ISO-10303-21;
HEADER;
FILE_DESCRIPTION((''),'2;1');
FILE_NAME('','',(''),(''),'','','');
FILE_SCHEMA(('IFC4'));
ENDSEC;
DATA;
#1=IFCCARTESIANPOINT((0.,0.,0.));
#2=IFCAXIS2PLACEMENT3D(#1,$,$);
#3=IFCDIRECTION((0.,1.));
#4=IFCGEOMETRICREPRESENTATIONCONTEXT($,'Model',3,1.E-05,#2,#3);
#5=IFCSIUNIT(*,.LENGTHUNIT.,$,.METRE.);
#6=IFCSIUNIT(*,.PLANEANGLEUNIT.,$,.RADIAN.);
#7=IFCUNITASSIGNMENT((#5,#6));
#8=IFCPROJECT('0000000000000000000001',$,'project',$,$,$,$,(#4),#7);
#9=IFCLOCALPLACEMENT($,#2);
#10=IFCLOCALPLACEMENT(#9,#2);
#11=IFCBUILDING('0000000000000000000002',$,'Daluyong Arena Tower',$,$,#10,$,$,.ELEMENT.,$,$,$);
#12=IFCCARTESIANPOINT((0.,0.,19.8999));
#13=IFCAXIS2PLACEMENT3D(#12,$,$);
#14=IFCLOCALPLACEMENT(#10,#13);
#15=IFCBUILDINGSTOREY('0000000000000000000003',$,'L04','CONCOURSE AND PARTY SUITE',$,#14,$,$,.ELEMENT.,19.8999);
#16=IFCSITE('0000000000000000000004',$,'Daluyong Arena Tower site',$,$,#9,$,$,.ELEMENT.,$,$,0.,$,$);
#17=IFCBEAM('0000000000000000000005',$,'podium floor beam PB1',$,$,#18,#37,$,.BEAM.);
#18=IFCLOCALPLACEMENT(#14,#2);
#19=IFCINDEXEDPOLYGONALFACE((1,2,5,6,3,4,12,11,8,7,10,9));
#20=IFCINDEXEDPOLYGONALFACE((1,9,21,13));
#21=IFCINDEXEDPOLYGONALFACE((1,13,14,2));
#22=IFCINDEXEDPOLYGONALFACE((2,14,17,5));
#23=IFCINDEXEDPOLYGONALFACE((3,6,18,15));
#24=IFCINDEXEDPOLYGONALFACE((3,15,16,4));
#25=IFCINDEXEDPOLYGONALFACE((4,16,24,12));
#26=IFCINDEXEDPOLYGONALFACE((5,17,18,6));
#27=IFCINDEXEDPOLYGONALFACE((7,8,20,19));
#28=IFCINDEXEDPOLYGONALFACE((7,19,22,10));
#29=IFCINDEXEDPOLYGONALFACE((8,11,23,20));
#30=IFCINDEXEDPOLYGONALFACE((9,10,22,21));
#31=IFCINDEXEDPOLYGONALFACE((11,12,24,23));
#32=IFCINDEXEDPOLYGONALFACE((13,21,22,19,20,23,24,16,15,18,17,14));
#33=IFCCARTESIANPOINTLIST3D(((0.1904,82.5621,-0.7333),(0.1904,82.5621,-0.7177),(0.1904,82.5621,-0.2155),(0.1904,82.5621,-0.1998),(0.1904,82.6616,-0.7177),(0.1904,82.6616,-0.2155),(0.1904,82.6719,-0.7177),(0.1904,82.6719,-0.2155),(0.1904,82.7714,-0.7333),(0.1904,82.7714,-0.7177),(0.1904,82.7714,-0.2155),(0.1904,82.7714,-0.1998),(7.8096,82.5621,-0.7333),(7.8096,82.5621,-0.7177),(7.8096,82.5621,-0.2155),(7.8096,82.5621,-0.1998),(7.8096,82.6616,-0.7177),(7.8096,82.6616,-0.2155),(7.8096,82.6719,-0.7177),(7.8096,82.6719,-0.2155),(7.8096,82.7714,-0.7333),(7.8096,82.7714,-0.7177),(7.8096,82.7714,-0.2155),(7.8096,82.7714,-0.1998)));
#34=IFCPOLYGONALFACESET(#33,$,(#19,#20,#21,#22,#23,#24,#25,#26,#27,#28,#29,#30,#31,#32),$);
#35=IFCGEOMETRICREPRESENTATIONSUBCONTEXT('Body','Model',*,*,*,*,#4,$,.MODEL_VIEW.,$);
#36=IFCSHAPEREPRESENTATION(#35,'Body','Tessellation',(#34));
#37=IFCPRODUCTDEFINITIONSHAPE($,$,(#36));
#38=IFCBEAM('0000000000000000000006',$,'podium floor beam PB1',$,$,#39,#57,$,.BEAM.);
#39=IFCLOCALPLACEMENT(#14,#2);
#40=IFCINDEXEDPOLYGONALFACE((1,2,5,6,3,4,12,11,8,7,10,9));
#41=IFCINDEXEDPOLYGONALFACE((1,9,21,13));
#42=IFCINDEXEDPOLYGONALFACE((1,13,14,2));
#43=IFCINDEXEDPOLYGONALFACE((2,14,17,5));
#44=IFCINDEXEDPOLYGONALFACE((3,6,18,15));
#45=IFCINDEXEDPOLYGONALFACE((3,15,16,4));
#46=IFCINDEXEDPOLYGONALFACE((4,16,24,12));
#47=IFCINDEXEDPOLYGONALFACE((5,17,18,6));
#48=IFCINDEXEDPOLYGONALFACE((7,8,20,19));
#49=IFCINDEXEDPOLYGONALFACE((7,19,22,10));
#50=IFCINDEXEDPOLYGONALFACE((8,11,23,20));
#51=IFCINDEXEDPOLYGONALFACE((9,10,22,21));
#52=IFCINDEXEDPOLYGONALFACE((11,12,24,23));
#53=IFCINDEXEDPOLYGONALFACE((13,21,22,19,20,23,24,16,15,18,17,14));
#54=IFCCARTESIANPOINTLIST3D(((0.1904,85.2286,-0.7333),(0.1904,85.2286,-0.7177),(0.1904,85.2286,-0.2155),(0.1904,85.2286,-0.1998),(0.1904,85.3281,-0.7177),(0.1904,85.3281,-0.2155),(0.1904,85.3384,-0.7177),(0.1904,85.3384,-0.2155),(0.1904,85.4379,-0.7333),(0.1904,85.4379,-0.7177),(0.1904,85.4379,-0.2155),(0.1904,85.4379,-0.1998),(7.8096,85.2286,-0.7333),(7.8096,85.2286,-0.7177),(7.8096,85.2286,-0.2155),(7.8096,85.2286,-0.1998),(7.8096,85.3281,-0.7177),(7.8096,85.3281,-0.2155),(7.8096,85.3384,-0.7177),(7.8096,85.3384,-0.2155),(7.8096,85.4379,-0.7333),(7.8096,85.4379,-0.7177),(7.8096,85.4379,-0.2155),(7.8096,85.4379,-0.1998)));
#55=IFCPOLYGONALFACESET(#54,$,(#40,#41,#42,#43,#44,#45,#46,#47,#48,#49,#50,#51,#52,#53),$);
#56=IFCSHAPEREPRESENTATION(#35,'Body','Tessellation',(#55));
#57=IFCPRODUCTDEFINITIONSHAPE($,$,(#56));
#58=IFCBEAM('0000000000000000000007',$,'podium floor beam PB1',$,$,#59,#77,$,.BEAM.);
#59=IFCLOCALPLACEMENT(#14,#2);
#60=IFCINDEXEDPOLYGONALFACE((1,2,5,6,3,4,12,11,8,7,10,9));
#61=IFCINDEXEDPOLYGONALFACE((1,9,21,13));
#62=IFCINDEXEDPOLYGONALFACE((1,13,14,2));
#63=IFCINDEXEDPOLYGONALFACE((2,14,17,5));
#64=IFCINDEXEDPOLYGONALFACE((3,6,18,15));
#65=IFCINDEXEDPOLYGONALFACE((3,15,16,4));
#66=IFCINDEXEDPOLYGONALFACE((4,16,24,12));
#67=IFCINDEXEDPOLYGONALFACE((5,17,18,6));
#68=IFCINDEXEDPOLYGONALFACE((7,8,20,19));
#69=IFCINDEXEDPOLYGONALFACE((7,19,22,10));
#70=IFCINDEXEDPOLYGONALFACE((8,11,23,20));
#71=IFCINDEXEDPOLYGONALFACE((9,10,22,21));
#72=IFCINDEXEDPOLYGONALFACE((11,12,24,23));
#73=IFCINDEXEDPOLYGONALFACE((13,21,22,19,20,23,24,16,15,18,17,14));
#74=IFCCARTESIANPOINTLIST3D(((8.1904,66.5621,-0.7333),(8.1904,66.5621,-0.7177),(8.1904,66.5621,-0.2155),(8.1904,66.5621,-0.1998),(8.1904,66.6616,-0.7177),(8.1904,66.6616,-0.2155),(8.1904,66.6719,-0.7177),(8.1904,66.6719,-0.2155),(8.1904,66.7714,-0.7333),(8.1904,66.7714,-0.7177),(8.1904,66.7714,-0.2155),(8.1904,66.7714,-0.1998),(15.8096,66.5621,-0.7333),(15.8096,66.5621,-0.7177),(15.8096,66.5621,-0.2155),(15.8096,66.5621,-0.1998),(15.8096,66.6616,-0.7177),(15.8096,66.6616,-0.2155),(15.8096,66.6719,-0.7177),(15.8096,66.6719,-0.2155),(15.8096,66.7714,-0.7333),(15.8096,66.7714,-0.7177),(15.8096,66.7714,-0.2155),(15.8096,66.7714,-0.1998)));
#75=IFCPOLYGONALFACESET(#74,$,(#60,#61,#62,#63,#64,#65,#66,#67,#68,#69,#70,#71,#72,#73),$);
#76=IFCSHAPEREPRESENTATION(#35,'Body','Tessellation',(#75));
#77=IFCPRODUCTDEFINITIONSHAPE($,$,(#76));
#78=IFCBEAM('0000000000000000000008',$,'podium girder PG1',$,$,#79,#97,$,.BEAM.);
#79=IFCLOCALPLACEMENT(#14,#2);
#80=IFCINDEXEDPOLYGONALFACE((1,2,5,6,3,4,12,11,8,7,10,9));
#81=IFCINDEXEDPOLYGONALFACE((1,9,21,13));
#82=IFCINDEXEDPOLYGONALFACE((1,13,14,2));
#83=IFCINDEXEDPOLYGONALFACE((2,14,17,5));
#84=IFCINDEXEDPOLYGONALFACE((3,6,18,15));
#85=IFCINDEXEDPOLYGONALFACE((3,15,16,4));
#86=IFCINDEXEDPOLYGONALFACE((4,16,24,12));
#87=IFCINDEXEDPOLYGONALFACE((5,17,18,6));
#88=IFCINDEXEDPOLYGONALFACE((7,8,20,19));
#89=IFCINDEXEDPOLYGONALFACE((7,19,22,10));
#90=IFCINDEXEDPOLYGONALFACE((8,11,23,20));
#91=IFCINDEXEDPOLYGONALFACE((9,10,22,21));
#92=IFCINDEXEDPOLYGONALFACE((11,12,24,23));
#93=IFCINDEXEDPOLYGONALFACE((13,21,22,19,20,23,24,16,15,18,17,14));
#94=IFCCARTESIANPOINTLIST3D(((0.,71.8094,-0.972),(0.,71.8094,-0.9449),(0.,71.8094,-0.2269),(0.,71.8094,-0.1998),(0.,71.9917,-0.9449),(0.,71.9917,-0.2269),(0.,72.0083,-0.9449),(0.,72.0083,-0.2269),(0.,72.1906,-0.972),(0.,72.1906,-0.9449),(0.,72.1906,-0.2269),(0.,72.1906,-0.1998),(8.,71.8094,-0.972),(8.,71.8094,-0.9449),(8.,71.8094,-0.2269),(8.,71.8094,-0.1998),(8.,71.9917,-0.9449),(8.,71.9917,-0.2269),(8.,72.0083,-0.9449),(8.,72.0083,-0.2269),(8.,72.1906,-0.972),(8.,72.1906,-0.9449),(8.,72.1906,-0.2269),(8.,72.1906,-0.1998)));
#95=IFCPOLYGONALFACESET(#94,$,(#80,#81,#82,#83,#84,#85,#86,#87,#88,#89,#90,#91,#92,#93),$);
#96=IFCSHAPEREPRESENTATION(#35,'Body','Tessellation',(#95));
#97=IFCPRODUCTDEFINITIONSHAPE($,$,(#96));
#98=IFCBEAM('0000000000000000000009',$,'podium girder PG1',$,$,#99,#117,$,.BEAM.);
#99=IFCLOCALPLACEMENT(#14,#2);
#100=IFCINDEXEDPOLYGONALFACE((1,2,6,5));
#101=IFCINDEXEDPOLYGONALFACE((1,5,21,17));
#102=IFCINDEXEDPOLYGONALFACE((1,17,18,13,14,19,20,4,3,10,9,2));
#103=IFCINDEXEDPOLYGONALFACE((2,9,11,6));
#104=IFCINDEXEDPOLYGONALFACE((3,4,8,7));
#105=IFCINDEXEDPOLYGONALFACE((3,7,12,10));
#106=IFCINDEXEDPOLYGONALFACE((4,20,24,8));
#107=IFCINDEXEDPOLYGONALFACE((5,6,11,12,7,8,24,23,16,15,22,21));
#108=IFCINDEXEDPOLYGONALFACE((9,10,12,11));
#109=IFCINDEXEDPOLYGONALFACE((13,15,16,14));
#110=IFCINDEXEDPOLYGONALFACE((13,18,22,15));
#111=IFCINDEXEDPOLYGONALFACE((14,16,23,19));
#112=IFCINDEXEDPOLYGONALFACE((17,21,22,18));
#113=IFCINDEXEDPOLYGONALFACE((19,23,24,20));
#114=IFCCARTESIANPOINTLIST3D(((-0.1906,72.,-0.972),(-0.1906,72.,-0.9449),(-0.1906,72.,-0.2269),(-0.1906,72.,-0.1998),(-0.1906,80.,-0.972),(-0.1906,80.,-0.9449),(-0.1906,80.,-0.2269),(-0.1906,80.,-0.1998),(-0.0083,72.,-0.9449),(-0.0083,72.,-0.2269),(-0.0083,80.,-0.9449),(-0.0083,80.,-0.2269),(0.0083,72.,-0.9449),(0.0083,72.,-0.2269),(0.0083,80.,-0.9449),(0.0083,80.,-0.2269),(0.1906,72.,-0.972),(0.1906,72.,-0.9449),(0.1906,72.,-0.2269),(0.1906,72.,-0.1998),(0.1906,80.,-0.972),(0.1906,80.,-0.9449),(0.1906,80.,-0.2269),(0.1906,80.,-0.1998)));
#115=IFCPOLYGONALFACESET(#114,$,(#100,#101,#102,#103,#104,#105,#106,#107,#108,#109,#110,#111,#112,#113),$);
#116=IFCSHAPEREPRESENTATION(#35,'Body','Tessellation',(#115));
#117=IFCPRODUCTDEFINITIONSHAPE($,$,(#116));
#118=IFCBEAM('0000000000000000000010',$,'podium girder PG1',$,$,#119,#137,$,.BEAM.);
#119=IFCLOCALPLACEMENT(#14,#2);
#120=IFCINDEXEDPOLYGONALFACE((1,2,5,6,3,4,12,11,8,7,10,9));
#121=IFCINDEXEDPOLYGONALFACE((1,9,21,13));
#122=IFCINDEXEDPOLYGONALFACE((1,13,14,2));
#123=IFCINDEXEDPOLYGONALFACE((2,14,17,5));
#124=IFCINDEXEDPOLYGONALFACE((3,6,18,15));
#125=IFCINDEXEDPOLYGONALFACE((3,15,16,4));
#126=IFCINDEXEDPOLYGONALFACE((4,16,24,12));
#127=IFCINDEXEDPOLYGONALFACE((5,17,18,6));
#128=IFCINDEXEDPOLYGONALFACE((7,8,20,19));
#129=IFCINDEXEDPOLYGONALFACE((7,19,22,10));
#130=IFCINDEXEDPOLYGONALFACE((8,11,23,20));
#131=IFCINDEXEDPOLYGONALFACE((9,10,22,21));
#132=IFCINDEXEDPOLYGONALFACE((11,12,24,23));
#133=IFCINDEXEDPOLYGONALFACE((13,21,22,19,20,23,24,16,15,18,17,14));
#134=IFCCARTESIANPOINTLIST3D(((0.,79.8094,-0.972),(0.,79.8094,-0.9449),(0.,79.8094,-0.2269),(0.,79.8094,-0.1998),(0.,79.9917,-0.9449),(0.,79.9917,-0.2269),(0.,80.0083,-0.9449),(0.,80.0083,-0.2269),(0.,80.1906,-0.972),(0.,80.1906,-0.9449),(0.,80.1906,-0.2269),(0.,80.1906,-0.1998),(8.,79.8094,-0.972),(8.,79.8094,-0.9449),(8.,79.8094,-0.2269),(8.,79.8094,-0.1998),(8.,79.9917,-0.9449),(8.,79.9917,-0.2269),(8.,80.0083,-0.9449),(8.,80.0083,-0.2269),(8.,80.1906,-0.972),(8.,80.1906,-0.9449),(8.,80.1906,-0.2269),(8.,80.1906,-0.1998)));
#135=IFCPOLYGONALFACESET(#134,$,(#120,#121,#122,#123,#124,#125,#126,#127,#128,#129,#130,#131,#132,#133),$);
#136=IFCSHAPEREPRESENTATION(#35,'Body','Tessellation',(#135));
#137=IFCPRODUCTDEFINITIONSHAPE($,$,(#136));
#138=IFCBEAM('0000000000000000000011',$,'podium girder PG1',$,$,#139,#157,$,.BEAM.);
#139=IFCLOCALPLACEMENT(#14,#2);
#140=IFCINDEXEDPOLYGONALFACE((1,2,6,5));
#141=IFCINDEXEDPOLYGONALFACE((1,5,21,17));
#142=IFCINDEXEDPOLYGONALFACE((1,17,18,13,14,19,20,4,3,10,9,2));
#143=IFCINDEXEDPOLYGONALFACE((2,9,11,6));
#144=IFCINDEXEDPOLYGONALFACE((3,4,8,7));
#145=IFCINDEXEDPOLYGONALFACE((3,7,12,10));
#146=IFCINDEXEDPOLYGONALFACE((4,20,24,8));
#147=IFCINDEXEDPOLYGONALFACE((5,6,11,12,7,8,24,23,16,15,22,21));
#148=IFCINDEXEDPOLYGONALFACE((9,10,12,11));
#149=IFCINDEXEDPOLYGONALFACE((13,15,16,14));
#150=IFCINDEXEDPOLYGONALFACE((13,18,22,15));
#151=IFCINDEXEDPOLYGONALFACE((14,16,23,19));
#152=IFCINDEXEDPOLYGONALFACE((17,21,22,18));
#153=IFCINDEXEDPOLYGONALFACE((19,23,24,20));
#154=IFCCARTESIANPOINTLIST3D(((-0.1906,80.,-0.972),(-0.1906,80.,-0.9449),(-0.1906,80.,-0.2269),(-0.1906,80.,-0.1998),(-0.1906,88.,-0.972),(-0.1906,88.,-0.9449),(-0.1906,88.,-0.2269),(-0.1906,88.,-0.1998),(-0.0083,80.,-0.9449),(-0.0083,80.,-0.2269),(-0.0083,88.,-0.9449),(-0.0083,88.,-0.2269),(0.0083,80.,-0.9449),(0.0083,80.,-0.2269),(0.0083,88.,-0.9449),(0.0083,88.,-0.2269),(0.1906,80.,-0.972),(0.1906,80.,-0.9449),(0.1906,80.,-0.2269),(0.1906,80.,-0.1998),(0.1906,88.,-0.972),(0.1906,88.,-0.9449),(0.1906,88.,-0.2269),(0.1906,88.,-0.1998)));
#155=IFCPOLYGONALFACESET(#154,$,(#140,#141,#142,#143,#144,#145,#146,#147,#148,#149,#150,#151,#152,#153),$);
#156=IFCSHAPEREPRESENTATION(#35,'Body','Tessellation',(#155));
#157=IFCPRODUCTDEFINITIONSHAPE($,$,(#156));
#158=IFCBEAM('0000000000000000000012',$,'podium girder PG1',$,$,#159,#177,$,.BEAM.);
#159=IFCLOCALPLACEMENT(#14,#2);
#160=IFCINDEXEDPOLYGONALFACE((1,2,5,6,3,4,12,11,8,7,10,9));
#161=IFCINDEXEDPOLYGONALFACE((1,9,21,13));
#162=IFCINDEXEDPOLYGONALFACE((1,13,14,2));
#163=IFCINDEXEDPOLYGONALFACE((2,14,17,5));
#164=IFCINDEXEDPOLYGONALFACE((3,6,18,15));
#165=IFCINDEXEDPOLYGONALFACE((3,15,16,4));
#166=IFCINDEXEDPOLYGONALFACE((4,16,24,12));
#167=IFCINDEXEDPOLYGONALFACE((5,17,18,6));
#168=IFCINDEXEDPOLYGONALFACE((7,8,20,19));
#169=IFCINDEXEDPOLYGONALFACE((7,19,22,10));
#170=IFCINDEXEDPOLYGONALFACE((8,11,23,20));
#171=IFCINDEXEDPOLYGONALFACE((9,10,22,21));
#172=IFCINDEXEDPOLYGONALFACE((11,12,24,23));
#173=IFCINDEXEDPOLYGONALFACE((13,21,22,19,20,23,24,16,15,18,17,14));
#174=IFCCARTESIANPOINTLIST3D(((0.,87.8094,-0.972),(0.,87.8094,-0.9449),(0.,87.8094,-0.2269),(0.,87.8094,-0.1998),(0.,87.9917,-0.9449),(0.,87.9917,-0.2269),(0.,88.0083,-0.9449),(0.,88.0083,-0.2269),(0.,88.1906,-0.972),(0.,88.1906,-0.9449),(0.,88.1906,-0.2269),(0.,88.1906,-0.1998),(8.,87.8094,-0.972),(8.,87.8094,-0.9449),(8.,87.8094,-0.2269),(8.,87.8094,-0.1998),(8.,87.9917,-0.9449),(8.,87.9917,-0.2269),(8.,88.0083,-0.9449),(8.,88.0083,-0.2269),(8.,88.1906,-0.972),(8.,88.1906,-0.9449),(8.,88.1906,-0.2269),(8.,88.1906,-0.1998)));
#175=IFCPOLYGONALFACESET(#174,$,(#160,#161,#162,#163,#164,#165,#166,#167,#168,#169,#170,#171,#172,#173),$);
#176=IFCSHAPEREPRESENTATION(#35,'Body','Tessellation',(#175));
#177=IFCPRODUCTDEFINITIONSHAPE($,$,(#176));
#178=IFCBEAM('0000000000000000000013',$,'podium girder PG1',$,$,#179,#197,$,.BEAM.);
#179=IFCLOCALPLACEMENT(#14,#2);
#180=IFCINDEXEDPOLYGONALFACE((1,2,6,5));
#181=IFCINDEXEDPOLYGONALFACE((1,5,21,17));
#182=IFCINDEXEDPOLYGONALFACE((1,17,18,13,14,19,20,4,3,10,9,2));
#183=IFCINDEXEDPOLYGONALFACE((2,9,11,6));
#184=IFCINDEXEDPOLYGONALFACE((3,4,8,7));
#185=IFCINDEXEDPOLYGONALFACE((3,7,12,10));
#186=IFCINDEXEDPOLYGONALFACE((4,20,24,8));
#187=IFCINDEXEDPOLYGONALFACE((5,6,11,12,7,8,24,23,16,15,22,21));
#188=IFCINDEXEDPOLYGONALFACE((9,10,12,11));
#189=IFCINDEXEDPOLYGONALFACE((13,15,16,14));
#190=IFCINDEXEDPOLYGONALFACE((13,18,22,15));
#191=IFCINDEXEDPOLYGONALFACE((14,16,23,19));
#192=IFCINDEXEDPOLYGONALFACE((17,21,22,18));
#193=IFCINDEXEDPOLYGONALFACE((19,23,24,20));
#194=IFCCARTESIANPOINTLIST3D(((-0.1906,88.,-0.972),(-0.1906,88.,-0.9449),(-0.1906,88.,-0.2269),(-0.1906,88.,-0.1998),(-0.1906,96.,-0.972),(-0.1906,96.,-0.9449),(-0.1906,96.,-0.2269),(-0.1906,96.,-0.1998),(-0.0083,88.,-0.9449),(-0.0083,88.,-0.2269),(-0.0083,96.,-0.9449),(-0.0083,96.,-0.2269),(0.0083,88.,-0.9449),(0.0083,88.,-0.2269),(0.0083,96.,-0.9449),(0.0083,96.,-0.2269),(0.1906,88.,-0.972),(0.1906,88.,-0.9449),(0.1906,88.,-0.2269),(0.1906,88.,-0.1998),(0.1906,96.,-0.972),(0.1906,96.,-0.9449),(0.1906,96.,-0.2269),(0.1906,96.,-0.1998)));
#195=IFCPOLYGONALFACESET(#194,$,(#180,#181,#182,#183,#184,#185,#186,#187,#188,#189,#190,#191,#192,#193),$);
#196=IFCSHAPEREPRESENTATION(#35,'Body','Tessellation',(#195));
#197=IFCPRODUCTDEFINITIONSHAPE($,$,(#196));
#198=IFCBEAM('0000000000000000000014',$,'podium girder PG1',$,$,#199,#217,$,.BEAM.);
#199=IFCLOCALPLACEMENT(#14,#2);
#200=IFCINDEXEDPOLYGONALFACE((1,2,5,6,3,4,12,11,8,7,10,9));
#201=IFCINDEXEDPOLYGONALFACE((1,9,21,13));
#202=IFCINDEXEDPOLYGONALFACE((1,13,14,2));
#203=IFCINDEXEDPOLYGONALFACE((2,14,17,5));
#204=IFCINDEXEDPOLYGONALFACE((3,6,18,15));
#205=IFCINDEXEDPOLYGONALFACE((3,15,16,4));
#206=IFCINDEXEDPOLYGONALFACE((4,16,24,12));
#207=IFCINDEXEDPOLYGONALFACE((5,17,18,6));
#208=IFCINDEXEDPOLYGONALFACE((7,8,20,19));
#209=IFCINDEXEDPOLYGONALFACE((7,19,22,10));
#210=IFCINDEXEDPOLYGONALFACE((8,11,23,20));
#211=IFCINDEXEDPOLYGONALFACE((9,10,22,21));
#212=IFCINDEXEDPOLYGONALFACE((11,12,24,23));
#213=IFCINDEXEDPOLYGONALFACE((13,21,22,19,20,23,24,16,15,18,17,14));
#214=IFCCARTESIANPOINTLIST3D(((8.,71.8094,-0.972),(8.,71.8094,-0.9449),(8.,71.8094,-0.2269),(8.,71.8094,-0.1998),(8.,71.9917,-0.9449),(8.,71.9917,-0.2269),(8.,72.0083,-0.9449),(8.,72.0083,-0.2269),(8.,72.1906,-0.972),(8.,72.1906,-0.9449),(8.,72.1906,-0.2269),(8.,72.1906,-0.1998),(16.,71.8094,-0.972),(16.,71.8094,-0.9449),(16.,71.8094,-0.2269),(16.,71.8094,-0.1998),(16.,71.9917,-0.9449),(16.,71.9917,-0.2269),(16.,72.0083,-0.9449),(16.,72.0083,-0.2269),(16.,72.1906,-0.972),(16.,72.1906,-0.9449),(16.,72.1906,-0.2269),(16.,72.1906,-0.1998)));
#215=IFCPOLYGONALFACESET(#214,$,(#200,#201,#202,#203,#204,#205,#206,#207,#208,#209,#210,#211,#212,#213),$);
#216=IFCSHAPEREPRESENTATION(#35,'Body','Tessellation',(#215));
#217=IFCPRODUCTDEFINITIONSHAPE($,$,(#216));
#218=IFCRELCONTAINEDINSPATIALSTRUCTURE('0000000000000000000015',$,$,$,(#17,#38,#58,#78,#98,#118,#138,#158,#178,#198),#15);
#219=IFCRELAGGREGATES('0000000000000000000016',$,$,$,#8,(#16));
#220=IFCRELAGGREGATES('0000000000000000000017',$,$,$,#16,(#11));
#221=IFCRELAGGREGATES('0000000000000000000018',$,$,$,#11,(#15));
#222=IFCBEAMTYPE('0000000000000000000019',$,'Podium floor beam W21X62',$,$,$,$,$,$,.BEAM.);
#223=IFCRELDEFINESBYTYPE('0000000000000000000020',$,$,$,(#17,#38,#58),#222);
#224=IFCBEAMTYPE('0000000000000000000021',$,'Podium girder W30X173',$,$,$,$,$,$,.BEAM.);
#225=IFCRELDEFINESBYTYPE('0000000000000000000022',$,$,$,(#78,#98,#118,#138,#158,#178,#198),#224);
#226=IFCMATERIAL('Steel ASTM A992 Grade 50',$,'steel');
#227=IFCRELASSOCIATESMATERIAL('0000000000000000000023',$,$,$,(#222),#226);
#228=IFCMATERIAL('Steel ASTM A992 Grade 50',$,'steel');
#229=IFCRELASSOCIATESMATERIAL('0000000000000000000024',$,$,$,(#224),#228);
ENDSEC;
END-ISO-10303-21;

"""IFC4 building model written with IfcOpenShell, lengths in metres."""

from ifc_helpers import new_model, si_unit, direction, frame, origin, origin_2d, place, context, subcontext, project, spatial, i_section, extrude, material, material_profile, profile_set, type_object, element, save


model = new_model("IFC4")

# Units and contexts
model_context = context("Model", 3, precision=1e-05, world=origin(), true_north=direction((0.0, 1.0)))
body_context = subcontext(model_context, "Body", "Model", "MODEL_VIEW")
ifc_project = project(units=[si_unit("LENGTHUNIT", "METRE"), si_unit("PLANEANGLEUNIT", "RADIAN")], contexts=[model_context])

# Site, building, storey
site_placement = place(None, origin())
site = spatial("IfcSite", under=ifc_project, at=site_placement, Name="Daluyong Arena Tower site", CompositionType="ELEMENT", RefElevation=0.0)
building_placement = place(site_placement, origin())
building = spatial("IfcBuilding", under=site, at=building_placement, Name="Daluyong Arena Tower", CompositionType="ELEMENT")
storey_placement = place(building_placement, frame((0.0, 0.0, 19.8999)))
storey = spatial("IfcBuildingStorey", under=building, at=storey_placement, Name="L04", Description="CONCOURSE AND PARTY SUITE", CompositionType="ELEMENT", Elevation=19.8999)

# Beams
ifc_material_1 = material(Name="Steel ASTM A992 Grade 50", Category="steel")
ifc_material_profile_1 = material_profile(ifc_material_1, i_section(OverallWidth=0.2092, OverallDepth=0.5334, WebThickness=0.0103, FlangeThickness=0.0156, at=origin_2d()))
ifc_profile_set_1 = profile_set([ifc_material_profile_1], Name="Steel ASTM A992 Grade 50")
beam_type_1 = type_object("IfcBeamType", Name="Podium floor beam W21X62", PredefinedType="BEAM", material=ifc_profile_set_1)
for number, where, z_axis, x_axis, name in (
    (1, (0.1904, 82.6667, -0.4666), (1.0, 0.0, 0.0), (0.0, 1.0, 0.0), "podium floor beam PB1"),
    (2, (0.1904, 85.3333, -0.4666), (1.0, 0.0, 0.0), (0.0, 1.0, 0.0), "podium floor beam PB1"),
    (3, (8.1904, 66.6667, -0.4666), (1.0, 0.0, 0.0), (0.0, 1.0, 0.0), "podium floor beam PB1"),
):
    element("IfcBeam", number, at=place(storey_placement, frame(where, z_axis=z_axis, x_axis=x_axis)), inside=storey, type_object=beam_type_1, Name=name, PredefinedType="BEAM", context=body_context, shape_type="SweptSolid", body=[
        extrude(i_section(OverallWidth=0.2092, OverallDepth=0.5334, WebThickness=0.0103, FlangeThickness=0.0156, at=origin_2d()), origin(), (0.0, 0.0, 1.0), 7.6191),
    ])
ifc_material_2 = material(Name="Steel ASTM A992 Grade 50", Category="steel")
ifc_material_profile_2 = material_profile(ifc_material_2, i_section(OverallWidth=0.3811, OverallDepth=0.7722, WebThickness=0.0166, FlangeThickness=0.0271, at=origin_2d()))
ifc_profile_set_2 = profile_set([ifc_material_profile_2], Name="Steel ASTM A992 Grade 50")
beam_type_2 = type_object("IfcBeamType", Name="Podium girder W30X173", PredefinedType="BEAM", material=ifc_profile_set_2)
for number, where, z_axis, x_axis, name in (
    (4, (0.0, 72.0, -0.5859), (1.0, 0.0, 0.0), (0.0, 1.0, 0.0), "podium girder PG1"),
    (5, (0.0, 72.0, -0.5859), (0.0, 1.0, 0.0), (-1.0, 0.0, 0.0), "podium girder PG1"),
    (6, (0.0, 80.0, -0.5859), (1.0, 0.0, 0.0), (0.0, 1.0, 0.0), "podium girder PG1"),
    (7, (0.0, 80.0, -0.5859), (0.0, 1.0, 0.0), (-1.0, 0.0, 0.0), "podium girder PG1"),
    (8, (0.0, 88.0, -0.5859), (1.0, 0.0, 0.0), (0.0, 1.0, 0.0), "podium girder PG1"),
    (9, (0.0, 88.0, -0.5859), (0.0, 1.0, 0.0), (-1.0, 0.0, 0.0), "podium girder PG1"),
    (10, (8.0, 72.0, -0.5859), (1.0, 0.0, 0.0), (0.0, 1.0, 0.0), "podium girder PG1"),
):
    element("IfcBeam", number, at=place(storey_placement, frame(where, z_axis=z_axis, x_axis=x_axis)), inside=storey, type_object=beam_type_2, Name=name, PredefinedType="BEAM", context=body_context, shape_type="SweptSolid", body=[
        extrude(i_section(OverallWidth=0.3811, OverallDepth=0.7722, WebThickness=0.0166, FlangeThickness=0.0271, at=origin_2d()), origin(), (0.0, 0.0, 1.0), 8.0),
    ])

save(model, "model.ifc")
